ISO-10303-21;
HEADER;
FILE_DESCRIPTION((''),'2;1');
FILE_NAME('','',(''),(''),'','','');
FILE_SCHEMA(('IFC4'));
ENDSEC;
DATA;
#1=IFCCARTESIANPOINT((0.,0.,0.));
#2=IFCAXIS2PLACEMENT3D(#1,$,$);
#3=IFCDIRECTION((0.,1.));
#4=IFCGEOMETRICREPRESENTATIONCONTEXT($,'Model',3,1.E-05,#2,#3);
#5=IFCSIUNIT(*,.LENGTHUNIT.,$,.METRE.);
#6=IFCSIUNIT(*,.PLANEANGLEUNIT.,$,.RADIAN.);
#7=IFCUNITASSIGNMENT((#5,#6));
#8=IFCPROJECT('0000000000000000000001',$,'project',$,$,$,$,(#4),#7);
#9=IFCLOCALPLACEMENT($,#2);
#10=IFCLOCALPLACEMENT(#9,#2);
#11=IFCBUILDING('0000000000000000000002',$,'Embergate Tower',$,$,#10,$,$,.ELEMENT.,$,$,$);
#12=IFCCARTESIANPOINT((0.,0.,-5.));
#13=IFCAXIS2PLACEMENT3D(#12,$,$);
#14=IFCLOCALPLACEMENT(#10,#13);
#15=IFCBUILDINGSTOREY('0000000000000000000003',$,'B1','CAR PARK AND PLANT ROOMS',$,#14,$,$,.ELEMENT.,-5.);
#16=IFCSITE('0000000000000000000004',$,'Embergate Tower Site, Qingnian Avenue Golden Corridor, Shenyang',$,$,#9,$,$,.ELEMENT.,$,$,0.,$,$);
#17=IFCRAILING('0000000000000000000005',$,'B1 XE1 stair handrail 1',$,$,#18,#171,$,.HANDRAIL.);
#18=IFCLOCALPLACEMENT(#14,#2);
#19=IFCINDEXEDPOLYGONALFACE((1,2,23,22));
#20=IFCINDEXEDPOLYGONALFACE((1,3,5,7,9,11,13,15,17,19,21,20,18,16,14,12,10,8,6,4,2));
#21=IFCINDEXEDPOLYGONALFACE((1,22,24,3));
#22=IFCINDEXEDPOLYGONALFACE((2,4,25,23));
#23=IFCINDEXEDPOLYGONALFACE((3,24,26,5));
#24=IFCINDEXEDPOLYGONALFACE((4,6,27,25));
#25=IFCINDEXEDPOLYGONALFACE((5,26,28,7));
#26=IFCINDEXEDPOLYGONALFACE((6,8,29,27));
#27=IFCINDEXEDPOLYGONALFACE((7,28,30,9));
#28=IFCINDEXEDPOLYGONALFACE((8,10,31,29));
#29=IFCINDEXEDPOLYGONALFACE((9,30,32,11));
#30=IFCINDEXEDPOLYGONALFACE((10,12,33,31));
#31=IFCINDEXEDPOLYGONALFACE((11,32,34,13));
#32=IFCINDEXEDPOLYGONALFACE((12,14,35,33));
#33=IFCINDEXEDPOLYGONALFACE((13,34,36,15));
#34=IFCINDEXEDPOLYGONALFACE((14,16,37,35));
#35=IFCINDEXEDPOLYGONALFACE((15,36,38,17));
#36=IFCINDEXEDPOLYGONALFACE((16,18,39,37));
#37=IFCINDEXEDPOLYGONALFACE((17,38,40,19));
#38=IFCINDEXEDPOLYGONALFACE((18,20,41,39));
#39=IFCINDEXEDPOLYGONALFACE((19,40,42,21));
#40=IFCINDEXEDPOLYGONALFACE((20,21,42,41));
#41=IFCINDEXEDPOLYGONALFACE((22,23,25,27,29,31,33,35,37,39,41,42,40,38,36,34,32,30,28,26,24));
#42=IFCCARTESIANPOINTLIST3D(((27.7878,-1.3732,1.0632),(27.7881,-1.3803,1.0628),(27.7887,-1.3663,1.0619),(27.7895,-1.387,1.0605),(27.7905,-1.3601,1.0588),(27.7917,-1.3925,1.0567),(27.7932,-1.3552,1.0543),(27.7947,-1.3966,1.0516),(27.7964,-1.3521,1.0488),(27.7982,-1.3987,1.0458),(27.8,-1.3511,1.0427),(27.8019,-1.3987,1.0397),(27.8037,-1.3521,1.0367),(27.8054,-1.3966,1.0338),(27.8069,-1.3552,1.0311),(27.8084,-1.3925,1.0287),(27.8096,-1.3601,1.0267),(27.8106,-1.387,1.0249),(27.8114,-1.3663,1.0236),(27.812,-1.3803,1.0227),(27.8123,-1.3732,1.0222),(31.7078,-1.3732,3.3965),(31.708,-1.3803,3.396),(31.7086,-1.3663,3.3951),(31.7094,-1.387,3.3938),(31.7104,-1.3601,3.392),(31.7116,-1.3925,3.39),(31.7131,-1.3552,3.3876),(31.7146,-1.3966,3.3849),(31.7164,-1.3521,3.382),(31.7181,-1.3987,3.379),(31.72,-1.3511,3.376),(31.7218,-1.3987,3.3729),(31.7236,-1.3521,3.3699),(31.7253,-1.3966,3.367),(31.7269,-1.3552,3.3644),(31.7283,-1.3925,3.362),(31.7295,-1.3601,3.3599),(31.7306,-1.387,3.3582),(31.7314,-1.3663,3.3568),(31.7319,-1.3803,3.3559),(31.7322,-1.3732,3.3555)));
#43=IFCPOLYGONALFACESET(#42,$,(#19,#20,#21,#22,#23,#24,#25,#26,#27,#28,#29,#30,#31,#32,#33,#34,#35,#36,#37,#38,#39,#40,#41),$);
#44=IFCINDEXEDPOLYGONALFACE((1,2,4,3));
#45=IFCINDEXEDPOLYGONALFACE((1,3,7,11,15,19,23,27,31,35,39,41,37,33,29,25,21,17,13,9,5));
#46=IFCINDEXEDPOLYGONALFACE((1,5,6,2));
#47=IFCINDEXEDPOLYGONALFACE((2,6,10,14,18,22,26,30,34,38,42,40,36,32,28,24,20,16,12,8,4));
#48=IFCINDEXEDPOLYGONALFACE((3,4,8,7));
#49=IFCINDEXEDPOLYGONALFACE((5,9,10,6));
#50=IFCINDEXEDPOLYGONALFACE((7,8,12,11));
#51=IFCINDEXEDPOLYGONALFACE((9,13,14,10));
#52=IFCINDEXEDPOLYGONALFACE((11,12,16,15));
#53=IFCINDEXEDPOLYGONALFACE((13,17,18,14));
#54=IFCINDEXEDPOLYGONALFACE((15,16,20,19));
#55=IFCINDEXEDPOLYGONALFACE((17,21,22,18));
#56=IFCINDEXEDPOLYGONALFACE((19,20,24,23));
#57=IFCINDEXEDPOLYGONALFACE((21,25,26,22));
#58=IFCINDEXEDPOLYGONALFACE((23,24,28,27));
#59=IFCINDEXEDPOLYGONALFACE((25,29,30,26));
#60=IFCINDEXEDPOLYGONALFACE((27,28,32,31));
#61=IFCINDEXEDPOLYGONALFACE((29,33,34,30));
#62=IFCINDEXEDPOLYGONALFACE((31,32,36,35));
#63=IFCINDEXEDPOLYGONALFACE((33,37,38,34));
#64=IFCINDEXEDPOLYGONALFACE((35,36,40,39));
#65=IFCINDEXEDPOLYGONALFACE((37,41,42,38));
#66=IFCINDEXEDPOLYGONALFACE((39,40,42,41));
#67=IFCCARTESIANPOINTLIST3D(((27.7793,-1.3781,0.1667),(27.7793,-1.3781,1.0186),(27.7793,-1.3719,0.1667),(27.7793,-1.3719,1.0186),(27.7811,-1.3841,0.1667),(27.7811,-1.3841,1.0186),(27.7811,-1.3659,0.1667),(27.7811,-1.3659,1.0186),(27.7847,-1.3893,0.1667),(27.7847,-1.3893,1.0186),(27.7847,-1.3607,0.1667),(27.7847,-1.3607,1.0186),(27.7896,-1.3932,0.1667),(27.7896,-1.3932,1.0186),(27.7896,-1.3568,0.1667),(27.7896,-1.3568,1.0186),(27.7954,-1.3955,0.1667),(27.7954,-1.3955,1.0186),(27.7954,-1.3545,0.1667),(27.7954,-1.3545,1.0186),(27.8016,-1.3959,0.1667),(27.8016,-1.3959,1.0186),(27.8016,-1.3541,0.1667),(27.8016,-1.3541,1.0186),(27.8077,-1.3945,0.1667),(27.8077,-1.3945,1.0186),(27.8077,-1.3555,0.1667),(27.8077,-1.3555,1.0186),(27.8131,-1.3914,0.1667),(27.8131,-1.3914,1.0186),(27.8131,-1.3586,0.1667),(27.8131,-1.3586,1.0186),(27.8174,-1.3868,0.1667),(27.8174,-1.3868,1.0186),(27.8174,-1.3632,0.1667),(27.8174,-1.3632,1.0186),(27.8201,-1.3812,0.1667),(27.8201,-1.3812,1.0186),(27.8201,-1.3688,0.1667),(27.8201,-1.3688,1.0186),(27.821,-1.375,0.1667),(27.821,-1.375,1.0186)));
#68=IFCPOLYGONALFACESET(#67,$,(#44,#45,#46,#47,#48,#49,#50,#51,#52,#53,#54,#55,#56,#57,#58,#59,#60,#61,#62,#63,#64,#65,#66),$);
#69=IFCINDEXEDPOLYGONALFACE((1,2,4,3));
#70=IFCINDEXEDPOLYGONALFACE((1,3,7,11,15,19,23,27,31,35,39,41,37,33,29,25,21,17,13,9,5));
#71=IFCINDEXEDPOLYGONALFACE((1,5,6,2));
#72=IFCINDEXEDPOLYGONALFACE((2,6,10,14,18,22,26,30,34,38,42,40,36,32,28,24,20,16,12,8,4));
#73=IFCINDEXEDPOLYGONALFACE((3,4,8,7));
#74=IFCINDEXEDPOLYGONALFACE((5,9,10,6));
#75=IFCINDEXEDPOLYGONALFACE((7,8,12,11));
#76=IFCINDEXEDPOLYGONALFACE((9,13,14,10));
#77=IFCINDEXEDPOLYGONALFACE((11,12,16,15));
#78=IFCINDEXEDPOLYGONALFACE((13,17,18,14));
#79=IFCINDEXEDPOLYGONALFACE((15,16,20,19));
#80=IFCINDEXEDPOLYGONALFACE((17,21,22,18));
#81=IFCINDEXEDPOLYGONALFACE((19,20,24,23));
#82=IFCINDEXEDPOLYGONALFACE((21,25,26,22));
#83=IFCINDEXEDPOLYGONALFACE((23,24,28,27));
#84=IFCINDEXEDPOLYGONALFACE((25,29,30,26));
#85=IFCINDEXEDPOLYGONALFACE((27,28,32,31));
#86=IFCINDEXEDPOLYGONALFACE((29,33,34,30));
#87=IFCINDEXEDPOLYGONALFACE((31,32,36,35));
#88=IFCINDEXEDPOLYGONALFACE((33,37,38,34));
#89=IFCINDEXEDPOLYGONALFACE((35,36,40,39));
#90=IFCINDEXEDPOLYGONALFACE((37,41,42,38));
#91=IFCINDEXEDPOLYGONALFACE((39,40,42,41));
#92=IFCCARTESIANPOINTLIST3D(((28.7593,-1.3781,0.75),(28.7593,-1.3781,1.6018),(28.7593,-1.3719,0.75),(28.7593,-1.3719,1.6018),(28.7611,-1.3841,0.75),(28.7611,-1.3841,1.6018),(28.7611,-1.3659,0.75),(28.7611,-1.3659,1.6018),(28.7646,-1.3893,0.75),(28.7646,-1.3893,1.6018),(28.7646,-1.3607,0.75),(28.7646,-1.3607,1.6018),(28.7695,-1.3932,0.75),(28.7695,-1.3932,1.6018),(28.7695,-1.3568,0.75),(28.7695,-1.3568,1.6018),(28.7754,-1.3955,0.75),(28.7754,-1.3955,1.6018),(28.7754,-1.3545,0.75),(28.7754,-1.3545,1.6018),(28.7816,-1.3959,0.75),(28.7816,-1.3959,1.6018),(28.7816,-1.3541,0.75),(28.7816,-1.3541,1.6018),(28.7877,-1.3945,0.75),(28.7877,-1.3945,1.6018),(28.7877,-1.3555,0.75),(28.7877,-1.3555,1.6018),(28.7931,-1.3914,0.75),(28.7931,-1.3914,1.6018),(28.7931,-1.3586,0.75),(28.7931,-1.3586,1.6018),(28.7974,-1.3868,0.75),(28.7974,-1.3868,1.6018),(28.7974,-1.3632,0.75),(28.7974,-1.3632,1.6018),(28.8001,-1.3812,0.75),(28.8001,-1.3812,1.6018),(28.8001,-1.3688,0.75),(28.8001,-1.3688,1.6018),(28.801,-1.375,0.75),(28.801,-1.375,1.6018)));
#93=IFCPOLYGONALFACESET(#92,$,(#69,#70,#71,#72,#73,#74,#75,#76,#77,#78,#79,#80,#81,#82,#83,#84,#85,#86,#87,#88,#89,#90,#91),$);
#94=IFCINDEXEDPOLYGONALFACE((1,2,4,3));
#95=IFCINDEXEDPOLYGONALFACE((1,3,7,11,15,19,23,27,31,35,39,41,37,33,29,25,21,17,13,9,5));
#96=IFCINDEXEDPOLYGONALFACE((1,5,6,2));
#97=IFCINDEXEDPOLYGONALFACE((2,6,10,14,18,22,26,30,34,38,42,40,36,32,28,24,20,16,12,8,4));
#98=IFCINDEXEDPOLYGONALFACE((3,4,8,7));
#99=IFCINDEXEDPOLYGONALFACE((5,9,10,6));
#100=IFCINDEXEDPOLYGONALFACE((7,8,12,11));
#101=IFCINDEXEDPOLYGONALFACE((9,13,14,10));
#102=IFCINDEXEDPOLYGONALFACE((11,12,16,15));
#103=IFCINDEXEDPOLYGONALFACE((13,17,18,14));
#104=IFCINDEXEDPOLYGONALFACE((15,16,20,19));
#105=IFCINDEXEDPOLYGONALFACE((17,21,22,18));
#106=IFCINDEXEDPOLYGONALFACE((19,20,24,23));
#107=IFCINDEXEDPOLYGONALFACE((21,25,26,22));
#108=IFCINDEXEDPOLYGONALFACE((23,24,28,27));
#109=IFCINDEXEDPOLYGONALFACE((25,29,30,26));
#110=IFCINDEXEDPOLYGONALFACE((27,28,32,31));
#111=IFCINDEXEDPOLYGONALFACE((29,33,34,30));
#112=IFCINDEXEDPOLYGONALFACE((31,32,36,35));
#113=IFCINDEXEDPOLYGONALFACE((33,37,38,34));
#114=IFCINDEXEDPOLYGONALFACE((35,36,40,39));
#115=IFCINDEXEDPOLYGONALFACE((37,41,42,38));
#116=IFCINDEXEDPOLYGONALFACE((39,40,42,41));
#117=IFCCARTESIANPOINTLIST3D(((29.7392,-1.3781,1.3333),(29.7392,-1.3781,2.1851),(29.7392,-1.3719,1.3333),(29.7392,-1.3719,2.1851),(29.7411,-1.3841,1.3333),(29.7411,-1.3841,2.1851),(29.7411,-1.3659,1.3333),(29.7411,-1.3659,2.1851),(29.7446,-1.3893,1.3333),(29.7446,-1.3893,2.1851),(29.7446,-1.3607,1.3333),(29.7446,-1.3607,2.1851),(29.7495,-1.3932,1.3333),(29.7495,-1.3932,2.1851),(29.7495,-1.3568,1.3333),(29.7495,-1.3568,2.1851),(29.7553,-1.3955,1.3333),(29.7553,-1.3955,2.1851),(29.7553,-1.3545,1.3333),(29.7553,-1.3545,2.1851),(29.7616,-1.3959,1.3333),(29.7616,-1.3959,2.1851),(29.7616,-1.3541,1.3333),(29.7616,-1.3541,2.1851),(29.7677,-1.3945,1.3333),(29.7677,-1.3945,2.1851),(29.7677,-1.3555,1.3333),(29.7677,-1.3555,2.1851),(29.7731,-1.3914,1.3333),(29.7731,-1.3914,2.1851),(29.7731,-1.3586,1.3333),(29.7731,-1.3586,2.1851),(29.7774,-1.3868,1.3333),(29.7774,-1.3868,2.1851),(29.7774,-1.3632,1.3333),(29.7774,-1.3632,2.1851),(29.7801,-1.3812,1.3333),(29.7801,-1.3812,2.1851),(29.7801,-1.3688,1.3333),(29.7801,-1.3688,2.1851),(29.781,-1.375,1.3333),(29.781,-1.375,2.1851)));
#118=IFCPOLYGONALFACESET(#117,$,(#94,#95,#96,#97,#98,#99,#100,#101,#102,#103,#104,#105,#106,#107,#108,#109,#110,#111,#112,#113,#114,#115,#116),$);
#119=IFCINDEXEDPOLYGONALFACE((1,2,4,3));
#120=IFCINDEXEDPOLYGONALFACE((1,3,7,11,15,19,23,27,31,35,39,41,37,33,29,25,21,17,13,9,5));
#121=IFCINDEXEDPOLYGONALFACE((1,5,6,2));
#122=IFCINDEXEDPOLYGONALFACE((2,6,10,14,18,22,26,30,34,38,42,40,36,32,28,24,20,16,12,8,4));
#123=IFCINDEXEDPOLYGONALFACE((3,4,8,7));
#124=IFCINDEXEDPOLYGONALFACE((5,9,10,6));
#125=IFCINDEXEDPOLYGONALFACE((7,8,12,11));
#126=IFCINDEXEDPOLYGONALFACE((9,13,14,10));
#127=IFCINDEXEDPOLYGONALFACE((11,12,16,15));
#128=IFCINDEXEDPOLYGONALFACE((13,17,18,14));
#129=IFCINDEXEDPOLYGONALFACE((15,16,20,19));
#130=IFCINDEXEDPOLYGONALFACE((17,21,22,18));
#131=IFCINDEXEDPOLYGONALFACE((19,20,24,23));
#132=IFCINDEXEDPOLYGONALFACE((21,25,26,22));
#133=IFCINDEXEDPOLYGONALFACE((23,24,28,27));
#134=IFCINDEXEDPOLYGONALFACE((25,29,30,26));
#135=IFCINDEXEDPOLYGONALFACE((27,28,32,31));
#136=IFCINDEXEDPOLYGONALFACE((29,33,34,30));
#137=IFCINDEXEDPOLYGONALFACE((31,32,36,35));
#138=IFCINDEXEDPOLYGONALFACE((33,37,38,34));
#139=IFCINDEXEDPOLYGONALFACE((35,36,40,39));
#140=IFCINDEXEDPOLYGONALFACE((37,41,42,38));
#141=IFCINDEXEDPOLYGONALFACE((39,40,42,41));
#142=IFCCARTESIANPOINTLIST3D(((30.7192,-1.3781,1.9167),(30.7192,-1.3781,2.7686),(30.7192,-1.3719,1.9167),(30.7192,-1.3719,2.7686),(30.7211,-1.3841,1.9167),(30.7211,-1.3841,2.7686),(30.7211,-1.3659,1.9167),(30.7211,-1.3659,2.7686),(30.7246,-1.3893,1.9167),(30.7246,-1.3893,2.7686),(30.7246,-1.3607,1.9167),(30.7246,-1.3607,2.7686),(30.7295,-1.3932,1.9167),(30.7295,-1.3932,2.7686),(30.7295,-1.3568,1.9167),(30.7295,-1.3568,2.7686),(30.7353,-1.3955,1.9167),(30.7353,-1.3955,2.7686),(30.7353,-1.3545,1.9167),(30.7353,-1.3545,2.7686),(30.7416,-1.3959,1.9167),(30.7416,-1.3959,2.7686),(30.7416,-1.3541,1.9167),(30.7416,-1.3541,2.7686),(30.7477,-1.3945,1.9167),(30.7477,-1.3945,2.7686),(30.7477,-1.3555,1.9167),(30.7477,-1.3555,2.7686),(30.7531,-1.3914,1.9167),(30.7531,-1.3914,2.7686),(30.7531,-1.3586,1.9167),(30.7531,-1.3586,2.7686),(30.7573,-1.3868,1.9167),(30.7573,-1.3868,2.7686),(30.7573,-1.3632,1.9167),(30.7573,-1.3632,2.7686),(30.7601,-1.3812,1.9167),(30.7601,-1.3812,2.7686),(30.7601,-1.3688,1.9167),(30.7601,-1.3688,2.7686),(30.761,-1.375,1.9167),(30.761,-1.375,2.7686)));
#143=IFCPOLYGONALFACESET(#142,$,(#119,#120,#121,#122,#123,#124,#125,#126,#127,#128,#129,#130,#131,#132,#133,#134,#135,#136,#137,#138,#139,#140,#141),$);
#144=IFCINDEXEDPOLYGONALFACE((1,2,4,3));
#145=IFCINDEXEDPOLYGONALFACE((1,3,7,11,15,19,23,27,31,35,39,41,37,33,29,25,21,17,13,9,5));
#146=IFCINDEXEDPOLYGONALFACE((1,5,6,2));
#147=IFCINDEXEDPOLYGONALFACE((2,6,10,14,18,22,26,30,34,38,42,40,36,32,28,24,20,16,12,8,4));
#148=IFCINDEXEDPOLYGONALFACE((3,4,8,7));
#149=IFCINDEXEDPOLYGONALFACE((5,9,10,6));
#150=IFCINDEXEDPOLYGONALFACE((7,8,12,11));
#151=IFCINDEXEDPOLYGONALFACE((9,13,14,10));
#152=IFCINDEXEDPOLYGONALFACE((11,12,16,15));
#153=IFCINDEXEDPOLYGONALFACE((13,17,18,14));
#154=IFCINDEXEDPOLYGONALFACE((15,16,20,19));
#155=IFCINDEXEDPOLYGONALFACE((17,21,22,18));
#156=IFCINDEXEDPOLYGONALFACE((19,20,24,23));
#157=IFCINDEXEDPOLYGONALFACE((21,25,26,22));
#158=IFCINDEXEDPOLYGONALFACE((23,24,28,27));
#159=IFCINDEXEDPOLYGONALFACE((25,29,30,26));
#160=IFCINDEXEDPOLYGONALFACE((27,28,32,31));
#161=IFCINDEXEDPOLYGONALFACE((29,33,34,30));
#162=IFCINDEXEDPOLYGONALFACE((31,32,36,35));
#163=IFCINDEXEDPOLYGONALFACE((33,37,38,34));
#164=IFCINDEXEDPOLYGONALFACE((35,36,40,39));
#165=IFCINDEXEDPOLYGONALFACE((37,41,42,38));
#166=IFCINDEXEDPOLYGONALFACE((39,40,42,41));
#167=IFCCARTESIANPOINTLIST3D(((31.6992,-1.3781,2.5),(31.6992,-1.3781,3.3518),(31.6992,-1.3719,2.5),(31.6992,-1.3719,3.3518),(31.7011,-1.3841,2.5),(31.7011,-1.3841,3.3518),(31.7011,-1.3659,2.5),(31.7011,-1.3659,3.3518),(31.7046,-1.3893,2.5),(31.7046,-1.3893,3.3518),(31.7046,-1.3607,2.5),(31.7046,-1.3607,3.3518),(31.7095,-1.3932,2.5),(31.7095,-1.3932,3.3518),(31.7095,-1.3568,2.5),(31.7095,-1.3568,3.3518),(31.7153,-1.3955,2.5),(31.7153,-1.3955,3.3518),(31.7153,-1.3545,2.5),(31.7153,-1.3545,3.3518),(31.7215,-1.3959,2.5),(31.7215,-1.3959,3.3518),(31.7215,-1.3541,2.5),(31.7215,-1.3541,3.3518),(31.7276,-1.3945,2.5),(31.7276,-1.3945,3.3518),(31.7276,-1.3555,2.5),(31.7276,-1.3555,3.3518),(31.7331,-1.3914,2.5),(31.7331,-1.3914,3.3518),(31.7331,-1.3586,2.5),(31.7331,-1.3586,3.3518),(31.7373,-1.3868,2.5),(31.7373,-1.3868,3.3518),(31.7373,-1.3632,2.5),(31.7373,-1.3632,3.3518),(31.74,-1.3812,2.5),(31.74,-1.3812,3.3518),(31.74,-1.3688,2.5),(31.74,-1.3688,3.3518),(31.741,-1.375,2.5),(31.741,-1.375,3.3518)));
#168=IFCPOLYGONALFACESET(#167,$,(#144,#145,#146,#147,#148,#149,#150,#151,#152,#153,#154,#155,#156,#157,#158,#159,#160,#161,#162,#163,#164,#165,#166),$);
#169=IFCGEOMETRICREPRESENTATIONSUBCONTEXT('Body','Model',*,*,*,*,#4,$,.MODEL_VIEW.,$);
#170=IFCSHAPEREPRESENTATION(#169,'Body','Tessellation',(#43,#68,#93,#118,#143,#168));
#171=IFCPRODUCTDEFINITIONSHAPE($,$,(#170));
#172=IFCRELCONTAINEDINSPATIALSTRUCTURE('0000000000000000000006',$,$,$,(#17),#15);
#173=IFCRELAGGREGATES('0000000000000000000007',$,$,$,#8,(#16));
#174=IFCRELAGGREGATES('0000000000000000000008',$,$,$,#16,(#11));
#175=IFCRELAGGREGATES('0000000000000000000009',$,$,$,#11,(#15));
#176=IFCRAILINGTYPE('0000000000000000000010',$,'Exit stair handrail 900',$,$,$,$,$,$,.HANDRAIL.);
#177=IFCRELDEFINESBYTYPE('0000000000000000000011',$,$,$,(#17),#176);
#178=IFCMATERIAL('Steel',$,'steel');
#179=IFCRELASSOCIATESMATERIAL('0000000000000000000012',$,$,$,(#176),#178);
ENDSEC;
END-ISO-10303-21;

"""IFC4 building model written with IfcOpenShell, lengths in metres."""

from ifc_helpers import new_model, si_unit, direction, frame, origin, origin_2d, place, context, subcontext, project, spatial, circle, extrude, source, transform, mapped, material, type_object, element, save


model = new_model("IFC4")

# Units and contexts
model_context = context("Model", 3, precision=1e-05, world=origin(), true_north=direction((0.0, 1.0)))
body_context = subcontext(model_context, "Body", "Model", "MODEL_VIEW")
ifc_project = project(units=[si_unit("LENGTHUNIT", "METRE"), si_unit("PLANEANGLEUNIT", "RADIAN")], contexts=[model_context])

# Site, building, storey
site_placement = place(None, origin())
site = spatial("IfcSite", under=ifc_project, at=site_placement, Name="Embergate Tower Site, Qingnian Avenue Golden Corridor, Shenyang", CompositionType="ELEMENT", RefElevation=0.0)
building_placement = place(site_placement, origin())
building = spatial("IfcBuilding", under=site, at=building_placement, Name="Embergate Tower", CompositionType="ELEMENT")
storey_placement = place(building_placement, frame((0.0, 0.0, -5.0)))
storey = spatial("IfcBuildingStorey", under=building, at=storey_placement, Name="B1", Description="CAR PARK AND PLANT ROOMS", CompositionType="ELEMENT", Elevation=-5.0)

# Railing
ifc_material_1 = material(Name="Steel", Category="steel")
railing_type_1 = type_object("IfcRailingType", Name="Exit stair handrail 900", PredefinedType="HANDRAIL", material=ifc_material_1)
shared_shape_1 = source(origin(), body_context, "Body", "SweptSolid", [
    extrude(circle(Radius=0.0239, at=origin_2d()), frame((0.0, 0.0, 0.876), z_axis=(0.859296, 0.0, 0.511478), x_axis=(0.0, 1.0, 0.0)), (0.0, 0.0, 1.0), 4.5618),
    extrude(circle(Radius=0.021, at=origin_2d()), origin(), (0.0, 0.0, 1.0), 0.8518),
    extrude(circle(Radius=0.021, at=origin_2d()), frame((0.98, 0.0, 0.5833)), (0.0, 0.0, 1.0), 0.8518),
    extrude(circle(Radius=0.021, at=origin_2d()), frame((1.96, 0.0, 1.1665)), (0.0, 0.0, 1.0), 0.8518),
    extrude(circle(Radius=0.021, at=origin_2d()), frame((2.9399, 0.0, 1.75)), (0.0, 0.0, 1.0), 0.8518),
    extrude(circle(Radius=0.021, at=origin_2d()), frame((3.9199, 0.0, 2.3333)), (0.0, 0.0, 1.0), 0.8518),
])
railing_1_placement = place(storey_placement, frame((27.8, -1.375, 0.1667)))
element("IfcRailing", 1, at=railing_1_placement, inside=storey, type_object=railing_type_1, Name="B1 XE1 stair handrail 1", PredefinedType="HANDRAIL", context=body_context, shape_type="MappedRepresentation", body=[
    mapped(shared_shape_1, transform((0.0, 0.0, 0.0))),
])

save(model, "model.ifc")
